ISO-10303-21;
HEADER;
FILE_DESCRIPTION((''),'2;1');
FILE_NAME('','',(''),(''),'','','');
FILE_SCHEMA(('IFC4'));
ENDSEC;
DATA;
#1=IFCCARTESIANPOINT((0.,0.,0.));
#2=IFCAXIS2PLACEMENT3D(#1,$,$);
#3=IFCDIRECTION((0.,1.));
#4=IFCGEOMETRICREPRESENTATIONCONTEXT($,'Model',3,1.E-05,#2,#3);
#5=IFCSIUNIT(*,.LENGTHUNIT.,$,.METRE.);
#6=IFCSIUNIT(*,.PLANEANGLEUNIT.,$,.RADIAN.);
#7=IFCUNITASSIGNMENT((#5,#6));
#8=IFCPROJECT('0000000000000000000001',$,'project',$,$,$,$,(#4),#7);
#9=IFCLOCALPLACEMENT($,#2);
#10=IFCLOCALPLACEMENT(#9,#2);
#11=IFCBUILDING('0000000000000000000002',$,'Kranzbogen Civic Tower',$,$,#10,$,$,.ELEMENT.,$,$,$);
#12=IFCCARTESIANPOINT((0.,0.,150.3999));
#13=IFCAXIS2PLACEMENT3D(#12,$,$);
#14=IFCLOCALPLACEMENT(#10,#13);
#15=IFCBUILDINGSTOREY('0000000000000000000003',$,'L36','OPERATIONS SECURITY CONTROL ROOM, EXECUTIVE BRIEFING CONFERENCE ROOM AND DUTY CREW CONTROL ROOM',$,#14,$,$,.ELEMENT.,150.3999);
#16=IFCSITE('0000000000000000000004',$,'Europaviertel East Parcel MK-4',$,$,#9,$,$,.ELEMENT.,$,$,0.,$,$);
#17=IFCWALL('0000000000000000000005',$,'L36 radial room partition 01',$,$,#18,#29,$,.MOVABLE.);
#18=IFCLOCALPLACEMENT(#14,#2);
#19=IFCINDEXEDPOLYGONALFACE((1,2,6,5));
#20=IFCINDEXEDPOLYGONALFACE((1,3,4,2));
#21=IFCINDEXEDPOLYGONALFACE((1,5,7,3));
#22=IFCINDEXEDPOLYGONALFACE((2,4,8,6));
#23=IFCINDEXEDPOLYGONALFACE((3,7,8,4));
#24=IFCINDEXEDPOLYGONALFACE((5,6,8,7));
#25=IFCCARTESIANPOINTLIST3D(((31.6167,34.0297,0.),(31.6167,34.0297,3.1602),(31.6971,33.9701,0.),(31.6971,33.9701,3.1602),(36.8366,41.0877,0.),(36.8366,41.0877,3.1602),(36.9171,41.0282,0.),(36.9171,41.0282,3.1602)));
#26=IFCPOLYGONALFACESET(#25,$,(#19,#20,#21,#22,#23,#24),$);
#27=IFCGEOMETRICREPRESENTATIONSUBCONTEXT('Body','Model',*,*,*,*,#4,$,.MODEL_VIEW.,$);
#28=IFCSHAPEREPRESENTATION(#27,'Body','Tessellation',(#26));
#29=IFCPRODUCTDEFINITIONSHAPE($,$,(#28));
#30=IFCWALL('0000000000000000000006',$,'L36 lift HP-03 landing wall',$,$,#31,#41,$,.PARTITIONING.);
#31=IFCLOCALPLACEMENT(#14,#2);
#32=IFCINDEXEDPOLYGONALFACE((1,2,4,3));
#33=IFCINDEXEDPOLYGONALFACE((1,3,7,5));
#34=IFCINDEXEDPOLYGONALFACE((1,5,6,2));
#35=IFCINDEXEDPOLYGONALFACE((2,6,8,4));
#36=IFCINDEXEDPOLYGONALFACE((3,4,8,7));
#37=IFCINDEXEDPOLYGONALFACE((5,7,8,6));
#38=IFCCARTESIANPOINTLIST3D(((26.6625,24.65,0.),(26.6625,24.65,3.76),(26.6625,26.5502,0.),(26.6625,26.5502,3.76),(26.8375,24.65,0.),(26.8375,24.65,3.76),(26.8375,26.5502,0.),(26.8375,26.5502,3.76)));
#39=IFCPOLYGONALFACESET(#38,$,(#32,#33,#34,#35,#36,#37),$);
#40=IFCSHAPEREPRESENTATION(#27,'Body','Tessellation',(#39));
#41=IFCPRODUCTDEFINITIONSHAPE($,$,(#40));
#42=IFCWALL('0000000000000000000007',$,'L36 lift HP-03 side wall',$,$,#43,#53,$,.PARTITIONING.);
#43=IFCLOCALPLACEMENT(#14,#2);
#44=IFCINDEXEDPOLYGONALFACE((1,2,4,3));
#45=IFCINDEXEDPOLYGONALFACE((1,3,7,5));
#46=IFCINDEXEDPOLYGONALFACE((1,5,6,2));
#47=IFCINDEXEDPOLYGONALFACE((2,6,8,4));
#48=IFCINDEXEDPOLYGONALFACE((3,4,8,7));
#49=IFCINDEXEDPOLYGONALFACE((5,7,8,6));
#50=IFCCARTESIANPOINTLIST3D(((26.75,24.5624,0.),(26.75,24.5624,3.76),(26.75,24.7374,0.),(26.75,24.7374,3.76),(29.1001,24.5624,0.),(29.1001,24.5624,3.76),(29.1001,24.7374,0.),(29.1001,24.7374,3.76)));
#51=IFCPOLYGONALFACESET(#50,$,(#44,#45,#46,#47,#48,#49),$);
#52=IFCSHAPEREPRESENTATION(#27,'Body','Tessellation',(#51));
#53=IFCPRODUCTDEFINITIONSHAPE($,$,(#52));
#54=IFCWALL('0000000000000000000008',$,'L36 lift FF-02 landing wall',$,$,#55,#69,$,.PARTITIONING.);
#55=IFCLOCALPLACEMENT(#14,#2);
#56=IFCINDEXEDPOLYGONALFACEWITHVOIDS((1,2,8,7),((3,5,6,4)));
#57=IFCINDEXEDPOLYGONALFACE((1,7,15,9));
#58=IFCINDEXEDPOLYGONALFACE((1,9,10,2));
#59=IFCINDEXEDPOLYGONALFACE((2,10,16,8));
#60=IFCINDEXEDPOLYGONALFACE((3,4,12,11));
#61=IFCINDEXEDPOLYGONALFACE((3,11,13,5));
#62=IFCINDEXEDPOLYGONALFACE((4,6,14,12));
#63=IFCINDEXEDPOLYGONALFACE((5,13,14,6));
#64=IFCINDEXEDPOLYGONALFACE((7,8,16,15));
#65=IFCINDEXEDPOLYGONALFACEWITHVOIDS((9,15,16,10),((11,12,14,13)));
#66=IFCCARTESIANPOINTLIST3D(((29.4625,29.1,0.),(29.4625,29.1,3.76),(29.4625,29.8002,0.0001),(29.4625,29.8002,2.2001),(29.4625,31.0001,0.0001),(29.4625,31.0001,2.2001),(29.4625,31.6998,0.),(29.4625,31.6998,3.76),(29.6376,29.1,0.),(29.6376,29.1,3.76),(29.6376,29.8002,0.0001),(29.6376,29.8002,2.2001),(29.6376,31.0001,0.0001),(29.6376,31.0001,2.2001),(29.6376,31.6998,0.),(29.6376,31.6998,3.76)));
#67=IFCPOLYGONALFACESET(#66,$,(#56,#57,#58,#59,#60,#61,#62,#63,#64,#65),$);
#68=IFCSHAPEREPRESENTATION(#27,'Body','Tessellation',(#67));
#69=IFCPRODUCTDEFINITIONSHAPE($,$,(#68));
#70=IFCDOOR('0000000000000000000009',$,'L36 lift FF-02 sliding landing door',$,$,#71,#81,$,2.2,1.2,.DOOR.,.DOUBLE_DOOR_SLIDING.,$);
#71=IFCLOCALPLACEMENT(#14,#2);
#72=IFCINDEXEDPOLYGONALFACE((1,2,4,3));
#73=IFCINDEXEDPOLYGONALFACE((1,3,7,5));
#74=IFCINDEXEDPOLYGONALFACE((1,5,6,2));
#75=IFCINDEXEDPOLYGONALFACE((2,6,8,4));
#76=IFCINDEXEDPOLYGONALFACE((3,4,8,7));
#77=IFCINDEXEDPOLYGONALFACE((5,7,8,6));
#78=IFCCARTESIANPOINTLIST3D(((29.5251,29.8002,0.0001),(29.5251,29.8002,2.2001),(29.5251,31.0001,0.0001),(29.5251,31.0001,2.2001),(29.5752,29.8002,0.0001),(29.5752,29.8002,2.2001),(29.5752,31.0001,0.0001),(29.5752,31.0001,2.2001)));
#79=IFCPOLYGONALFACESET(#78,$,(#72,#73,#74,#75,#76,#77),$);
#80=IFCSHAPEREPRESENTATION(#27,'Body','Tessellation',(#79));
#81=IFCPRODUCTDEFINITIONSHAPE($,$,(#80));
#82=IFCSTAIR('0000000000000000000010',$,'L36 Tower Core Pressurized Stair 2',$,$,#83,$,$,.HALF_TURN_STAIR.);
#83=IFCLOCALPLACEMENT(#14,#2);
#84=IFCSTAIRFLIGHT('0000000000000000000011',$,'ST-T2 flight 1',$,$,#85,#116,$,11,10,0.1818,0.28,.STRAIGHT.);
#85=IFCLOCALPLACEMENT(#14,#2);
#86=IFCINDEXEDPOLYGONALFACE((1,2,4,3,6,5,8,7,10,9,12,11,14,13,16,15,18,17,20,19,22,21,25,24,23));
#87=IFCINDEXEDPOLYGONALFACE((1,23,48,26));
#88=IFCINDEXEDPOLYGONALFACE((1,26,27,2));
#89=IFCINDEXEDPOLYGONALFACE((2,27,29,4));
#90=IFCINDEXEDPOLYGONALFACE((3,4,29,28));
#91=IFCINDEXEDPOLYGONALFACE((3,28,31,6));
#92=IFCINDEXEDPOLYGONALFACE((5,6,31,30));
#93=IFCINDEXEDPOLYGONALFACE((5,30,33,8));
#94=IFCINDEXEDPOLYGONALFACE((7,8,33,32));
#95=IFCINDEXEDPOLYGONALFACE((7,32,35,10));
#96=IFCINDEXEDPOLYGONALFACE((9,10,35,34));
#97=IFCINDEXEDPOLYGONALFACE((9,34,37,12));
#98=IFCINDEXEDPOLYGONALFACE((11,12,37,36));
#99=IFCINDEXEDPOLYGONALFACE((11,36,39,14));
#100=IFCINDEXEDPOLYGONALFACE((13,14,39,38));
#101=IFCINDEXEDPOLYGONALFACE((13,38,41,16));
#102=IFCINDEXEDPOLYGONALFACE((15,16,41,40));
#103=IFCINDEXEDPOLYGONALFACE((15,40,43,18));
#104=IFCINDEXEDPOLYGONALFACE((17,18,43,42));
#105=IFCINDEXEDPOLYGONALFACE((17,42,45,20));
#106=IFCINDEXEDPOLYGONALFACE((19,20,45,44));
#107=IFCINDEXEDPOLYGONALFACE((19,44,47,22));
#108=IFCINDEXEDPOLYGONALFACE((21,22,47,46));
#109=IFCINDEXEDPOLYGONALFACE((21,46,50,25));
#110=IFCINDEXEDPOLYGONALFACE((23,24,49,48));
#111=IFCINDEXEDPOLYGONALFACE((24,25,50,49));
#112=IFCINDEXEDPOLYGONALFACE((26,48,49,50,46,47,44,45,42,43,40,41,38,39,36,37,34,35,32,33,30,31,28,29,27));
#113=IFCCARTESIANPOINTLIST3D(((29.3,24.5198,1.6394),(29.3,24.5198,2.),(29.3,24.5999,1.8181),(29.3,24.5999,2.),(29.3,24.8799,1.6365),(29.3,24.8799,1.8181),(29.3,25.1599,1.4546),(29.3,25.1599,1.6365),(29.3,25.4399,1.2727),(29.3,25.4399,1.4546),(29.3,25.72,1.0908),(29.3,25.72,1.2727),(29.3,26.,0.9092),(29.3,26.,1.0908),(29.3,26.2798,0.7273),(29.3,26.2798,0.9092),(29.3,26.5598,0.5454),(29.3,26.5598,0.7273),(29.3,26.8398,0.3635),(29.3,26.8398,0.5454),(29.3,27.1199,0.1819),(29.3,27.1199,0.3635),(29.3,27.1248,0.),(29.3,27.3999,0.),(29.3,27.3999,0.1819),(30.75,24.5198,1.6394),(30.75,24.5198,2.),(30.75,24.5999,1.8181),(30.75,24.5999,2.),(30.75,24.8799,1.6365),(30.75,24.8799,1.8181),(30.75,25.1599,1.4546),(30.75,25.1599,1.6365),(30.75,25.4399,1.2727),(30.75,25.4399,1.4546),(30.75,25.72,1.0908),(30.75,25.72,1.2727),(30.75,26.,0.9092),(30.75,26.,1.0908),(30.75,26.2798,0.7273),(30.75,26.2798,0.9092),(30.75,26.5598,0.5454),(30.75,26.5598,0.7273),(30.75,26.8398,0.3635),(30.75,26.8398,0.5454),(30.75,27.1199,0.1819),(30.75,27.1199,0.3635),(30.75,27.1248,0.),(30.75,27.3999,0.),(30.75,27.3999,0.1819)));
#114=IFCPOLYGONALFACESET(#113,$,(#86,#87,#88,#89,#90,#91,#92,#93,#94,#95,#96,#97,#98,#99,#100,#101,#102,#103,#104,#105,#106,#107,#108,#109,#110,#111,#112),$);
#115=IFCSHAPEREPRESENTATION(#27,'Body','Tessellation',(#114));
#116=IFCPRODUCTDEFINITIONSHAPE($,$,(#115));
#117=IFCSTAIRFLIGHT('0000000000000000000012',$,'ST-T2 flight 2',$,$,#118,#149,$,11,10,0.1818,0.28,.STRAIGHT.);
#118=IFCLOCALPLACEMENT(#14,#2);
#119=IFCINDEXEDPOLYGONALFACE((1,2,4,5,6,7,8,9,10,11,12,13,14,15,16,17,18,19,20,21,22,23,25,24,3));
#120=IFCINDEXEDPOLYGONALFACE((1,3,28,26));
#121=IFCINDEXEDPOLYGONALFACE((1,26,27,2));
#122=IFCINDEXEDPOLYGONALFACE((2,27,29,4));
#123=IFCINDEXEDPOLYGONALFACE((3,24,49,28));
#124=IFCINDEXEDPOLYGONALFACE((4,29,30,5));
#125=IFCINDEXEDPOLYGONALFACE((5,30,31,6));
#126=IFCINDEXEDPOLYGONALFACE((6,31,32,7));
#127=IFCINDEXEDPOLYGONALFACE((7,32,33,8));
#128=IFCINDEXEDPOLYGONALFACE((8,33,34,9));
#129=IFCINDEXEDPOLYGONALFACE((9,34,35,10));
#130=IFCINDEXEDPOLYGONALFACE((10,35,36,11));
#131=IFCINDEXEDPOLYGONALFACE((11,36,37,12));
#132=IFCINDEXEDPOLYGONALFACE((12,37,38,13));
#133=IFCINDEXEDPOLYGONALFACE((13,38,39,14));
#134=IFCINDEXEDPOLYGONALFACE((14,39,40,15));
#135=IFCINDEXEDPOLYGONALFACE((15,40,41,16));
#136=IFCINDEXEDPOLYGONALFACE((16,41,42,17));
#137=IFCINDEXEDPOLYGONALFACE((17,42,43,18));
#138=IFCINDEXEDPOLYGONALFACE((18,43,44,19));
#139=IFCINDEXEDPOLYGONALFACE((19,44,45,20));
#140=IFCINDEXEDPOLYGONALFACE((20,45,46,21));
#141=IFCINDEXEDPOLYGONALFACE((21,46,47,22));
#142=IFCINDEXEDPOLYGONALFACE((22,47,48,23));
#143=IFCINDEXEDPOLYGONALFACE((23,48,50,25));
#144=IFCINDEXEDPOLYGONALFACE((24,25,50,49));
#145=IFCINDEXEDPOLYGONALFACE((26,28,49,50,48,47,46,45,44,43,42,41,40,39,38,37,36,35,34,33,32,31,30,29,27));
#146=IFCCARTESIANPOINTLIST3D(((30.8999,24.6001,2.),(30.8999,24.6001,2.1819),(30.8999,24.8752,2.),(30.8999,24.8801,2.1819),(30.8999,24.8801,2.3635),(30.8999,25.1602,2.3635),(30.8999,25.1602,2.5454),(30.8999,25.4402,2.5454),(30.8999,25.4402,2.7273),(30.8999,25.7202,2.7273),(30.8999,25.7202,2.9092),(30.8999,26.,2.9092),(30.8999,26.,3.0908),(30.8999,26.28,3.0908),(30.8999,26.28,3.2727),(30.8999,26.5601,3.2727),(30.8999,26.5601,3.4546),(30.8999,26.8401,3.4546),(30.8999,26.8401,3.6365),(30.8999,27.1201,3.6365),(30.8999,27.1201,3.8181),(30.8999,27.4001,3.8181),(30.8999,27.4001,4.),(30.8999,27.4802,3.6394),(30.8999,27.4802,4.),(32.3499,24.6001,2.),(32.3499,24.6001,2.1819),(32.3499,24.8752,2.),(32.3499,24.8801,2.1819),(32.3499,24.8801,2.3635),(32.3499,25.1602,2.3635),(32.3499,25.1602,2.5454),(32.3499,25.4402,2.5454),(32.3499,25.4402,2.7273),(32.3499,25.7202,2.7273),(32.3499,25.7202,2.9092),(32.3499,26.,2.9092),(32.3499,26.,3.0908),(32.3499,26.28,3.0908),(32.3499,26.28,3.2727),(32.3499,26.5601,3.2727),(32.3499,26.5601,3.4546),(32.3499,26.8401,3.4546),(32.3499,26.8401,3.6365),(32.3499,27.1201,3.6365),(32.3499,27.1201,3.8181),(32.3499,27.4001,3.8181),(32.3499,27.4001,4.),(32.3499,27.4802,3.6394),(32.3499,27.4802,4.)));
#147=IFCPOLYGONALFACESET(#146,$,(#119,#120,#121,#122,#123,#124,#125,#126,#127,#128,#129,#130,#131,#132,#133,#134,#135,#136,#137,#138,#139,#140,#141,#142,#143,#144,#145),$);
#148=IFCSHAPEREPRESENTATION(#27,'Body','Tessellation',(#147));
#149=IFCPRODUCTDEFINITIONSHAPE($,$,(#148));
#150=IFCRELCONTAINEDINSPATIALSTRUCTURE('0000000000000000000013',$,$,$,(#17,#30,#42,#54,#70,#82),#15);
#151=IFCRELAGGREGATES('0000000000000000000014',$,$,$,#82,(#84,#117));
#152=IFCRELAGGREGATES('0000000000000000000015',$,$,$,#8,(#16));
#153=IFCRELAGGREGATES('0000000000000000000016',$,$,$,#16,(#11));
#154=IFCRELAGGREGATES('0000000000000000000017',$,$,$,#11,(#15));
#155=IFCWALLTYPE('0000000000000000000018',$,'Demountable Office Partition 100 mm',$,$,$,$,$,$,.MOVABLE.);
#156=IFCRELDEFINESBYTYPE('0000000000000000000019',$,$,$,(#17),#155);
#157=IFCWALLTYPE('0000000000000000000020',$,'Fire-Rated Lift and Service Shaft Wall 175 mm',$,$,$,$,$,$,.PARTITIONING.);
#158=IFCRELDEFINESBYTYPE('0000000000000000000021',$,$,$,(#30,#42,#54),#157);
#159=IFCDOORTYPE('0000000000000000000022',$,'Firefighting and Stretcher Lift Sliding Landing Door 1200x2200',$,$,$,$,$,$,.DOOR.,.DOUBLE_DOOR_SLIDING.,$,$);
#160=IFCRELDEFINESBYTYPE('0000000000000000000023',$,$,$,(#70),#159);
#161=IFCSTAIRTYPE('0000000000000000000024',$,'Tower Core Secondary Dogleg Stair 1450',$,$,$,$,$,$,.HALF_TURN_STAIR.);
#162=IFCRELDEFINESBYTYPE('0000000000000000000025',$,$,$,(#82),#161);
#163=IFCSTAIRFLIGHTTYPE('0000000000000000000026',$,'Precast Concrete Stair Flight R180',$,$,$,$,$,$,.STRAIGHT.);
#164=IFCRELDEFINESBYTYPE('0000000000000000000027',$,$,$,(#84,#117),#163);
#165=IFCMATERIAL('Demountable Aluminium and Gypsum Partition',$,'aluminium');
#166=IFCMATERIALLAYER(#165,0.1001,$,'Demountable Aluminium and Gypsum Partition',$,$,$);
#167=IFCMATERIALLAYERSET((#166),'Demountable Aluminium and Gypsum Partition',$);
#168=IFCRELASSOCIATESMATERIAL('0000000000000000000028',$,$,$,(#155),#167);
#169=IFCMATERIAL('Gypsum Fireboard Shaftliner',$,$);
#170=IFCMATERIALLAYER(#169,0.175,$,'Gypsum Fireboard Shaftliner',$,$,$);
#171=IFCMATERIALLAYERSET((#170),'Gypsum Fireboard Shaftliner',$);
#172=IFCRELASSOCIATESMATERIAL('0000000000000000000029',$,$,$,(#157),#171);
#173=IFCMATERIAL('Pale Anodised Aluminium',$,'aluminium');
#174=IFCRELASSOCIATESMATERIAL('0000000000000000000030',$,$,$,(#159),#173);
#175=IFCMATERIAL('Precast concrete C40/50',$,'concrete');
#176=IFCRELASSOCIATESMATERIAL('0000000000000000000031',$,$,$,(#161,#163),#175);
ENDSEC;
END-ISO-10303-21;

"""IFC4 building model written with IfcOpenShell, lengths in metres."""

from ifc_helpers import new_model, si_unit, direction, frame, frame_2d, origin, place, context, subcontext, project, spatial, polyline, rectangle, outline, extrude, material, layer, layer_set, type_object, element, fill, aggregate, save


model = new_model("IFC4")

# Units and contexts
model_context = context("Model", 3, precision=1e-05, world=origin(), true_north=direction((0.0, 1.0)))
body_context = subcontext(model_context, "Body", "Model", "MODEL_VIEW")
ifc_project = project(units=[si_unit("LENGTHUNIT", "METRE"), si_unit("PLANEANGLEUNIT", "RADIAN")], contexts=[model_context])

# Site, building, storey
site_placement = place(None, origin())
site = spatial("IfcSite", under=ifc_project, at=site_placement, Name="Europaviertel East Parcel MK-4", CompositionType="ELEMENT", RefElevation=0.0)
building_placement = place(site_placement, origin())
building = spatial("IfcBuilding", under=site, at=building_placement, Name="Kranzbogen Civic Tower", CompositionType="ELEMENT")
storey_placement = place(building_placement, frame((0.0, 0.0, 150.3999)))
storey = spatial("IfcBuildingStorey", under=building, at=storey_placement, Name="L36", Description="OPERATIONS SECURITY CONTROL ROOM, EXECUTIVE BRIEFING CONFERENCE ROOM AND DUTY CREW CONTROL ROOM", CompositionType="ELEMENT", Elevation=150.3999)

# Shared definitions
ifc_material_1 = material(Name="Pale Anodised Aluminium", Category="aluminium")

# Walls
ifc_material_2 = material(Name="Demountable Aluminium and Gypsum Partition", Category="aluminium")
ifc_layer_1 = layer(ifc_material_2, 0.1001, Name="Demountable Aluminium and Gypsum Partition")
ifc_layer_set_1 = layer_set([ifc_layer_1], Name="Demountable Aluminium and Gypsum Partition")
wall_type_1 = type_object("IfcWallType", Name="Demountable Office Partition 100 mm", PredefinedType="MOVABLE", material=ifc_layer_set_1)
wall_1_placement = place(storey_placement, frame((31.657, 34.0, 0.0), z_axis=(0.0, 0.0, 1.0), x_axis=(0.59462, 0.804007, 0.0)))
element("IfcWall", 1, at=wall_1_placement, inside=storey, type_object=wall_type_1, Name="L36 radial room partition 01", PredefinedType="MOVABLE", context=body_context, shape_type="SweptSolid", body=[
    extrude(rectangle(XDim=8.7786, YDim=0.1001, at=frame_2d((4.3892, 0.0))), origin(), (0.0, 0.0, 1.0), 3.1602),
])
ifc_material_3 = material(Name="Gypsum Fireboard Shaftliner")
ifc_layer_2 = layer(ifc_material_3, 0.175, Name="Gypsum Fireboard Shaftliner")
ifc_layer_set_2 = layer_set([ifc_layer_2], Name="Gypsum Fireboard Shaftliner")
wall_type_2 = type_object("IfcWallType", Name="Fire-Rated Lift and Service Shaft Wall 175 mm", PredefinedType="PARTITIONING", material=ifc_layer_set_2)
wall_2_placement = place(storey_placement, frame((26.75, 24.6499, 0.0), z_axis=(0.0, 0.0, 1.0), x_axis=(0.0, 1.0, 0.0)))
element("IfcWall", 2, at=wall_2_placement, inside=storey, type_object=wall_type_2, Name="L36 lift HP-03 landing wall", PredefinedType="PARTITIONING", context=body_context, shape_type="SweptSolid", body=[
    extrude(rectangle(XDim=1.9001, YDim=0.175, at=frame_2d((0.9502, 0.0))), origin(), (0.0, 0.0, 1.0), 3.76),
])
wall_3_placement = place(storey_placement, frame((26.75, 24.6499, 0.0), z_axis=(0.0, 0.0, 1.0), x_axis=(1.0, 0.0, 0.0)))
element("IfcWall", 3, at=wall_3_placement, inside=storey, type_object=wall_type_2, Name="L36 lift HP-03 side wall", PredefinedType="PARTITIONING", context=body_context, shape_type="SweptSolid", body=[
    extrude(rectangle(XDim=2.3501, YDim=0.175, at=frame_2d((1.175, 0.0))), origin(), (0.0, 0.0, 1.0), 3.76),
])

# Wall, opening, door
wall_4_placement = place(storey_placement, frame((29.55, 29.1001, 0.0), z_axis=(0.0, 0.0, 1.0), x_axis=(0.0, 1.0, 0.0)))
wall_4 = element("IfcWall", 4, at=wall_4_placement, inside=storey, type_object=wall_type_2, Name="L36 lift FF-02 landing wall", PredefinedType="PARTITIONING", context=body_context, shape_type="SweptSolid", body=[
    extrude(rectangle(XDim=2.5999, YDim=0.175, at=frame_2d((1.2998, 0.0))), origin(), (0.0, 0.0, 1.0), 3.76),
])
opening_1_placement = place(wall_4_placement, frame((0.7, 0.0, 0.0)))
opening_1 = element("IfcOpeningElement", 5, at=opening_1_placement, cuts=wall_4, PredefinedType="OPENING", context=body_context, shape_type="SweptSolid", body=[
    extrude(rectangle(XDim=1.2, YDim=2.2, at=frame_2d((0.6001, 1.1001))), frame((0.0, 0.0977, 0.0), z_axis=(0.0, -1.0, 0.0), x_axis=(1.0, 0.0, 0.0)), (0.0, 0.0, 1.0), 0.1951),
])
door_type_1 = type_object("IfcDoorType", Name="Firefighting and Stretcher Lift Sliding Landing Door 1200x2200", OperationType="DOUBLE_DOOR_SLIDING", PredefinedType="DOOR", material=ifc_material_1)
door_1_placement = place(opening_1_placement, origin())
door_1 = element("IfcDoor", 6, at=door_1_placement, inside=storey, type_object=door_type_1, Name="L36 lift FF-02 sliding landing door", OperationType="DOUBLE_DOOR_SLIDING", OverallHeight=2.2, OverallWidth=1.2, PredefinedType="DOOR", context=body_context, shape_type="SweptSolid", body=[
    extrude(rectangle(XDim=1.2, YDim=2.2, at=frame_2d((0.6001, 1.1001))), frame((0.0, 0.0249, 0.0), z_axis=(0.0, -1.0, 0.0), x_axis=(1.0, 0.0, 0.0)), (0.0, 0.0, 1.0), 0.05),
])
fill(opening_1, door_1)

# Stair, stair flights
ifc_material_4 = material(Name="Precast concrete C40/50", Category="concrete")
stair_type = type_object("IfcStairType", Name="Tower Core Secondary Dogleg Stair 1450", PredefinedType="HALF_TURN_STAIR", material=ifc_material_4)
stair_placement = place(storey_placement, origin())
stair = element("IfcStair", 7, at=stair_placement, inside=storey, type_object=stair_type, Name="L36 Tower Core Pressurized Stair 2", PredefinedType="HALF_TURN_STAIR")
stair_flight_type = type_object("IfcStairFlightType", Name="Precast Concrete Stair Flight R180", PredefinedType="STRAIGHT", material=ifc_material_4)
stair_flight_1_placement = place(storey_placement, frame((30.0249, 27.3999, 0.0), z_axis=(0.0, 0.0, 1.0), x_axis=(0.0, -1.0, 0.0)))
stair_flight_1 = element("IfcStairFlight", 8, at=stair_flight_1_placement, type_object=stair_flight_type, Name="ST-T2 flight 1", NumberOfRisers=11, NumberOfTreads=10, PredefinedType="STRAIGHT", RiserHeight=0.1818, TreadLength=0.28, context=body_context, shape_type="SweptSolid", body=[
    extrude(outline(polyline([(0.0, 0.0), (0.0, 0.1819), (0.28, 0.1819), (0.28, 0.3635), (0.5601, 0.3635), (0.5601, 0.5454), (0.8401, 0.5454), (0.8401, 0.7273), (1.1201, 0.7273), (1.1201, 0.9092), (1.3999, 0.9092), (1.3999, 1.0908), (1.6799, 1.0908), (1.6799, 1.2727), (1.96, 1.2727), (1.96, 1.4546), (2.24, 1.4546), (2.24, 1.6365), (2.52, 1.6365), (2.52, 1.8181), (2.8, 1.8181), (2.8, 2.0), (2.8801, 2.0), (2.8801, 1.6394), (0.2751, 0.0), (0.0, 0.0)])), frame((0.0, 0.7251, 0.0), z_axis=(0.0, -1.0, 0.0), x_axis=(1.0, 0.0, 0.0)), (0.0, 0.0, 1.0), 1.45),
])
stair_flight_2_placement = place(storey_placement, frame((31.625, 24.6001, 2.0), z_axis=(0.0, 0.0, 1.0), x_axis=(0.0, 1.0, 0.0)))
stair_flight_2 = element("IfcStairFlight", 9, at=stair_flight_2_placement, type_object=stair_flight_type, Name="ST-T2 flight 2", NumberOfRisers=11, NumberOfTreads=10, PredefinedType="STRAIGHT", RiserHeight=0.1818, TreadLength=0.28, context=body_context, shape_type="SweptSolid", body=[
    extrude(outline(polyline([(0.0, 0.0), (0.0, 0.1819), (0.28, 0.1819), (0.28, 0.3635), (0.5601, 0.3635), (0.5601, 0.5454), (0.8401, 0.5454), (0.8401, 0.7273), (1.1201, 0.7273), (1.1201, 0.9092), (1.3999, 0.9092), (1.3999, 1.0908), (1.6799, 1.0908), (1.6799, 1.2727), (1.96, 1.2727), (1.96, 1.4546), (2.24, 1.4546), (2.24, 1.6365), (2.52, 1.6365), (2.52, 1.8181), (2.8, 1.8181), (2.8, 2.0), (2.8801, 2.0), (2.8801, 1.6394), (0.2751, 0.0), (0.0, 0.0)])), frame((0.0, 0.7251, 0.0), z_axis=(0.0, -1.0, 0.0), x_axis=(1.0, 0.0, 0.0)), (0.0, 0.0, 1.0), 1.45),
])
aggregate(stair, [stair_flight_1, stair_flight_2])

save(model, "model.ifc")
